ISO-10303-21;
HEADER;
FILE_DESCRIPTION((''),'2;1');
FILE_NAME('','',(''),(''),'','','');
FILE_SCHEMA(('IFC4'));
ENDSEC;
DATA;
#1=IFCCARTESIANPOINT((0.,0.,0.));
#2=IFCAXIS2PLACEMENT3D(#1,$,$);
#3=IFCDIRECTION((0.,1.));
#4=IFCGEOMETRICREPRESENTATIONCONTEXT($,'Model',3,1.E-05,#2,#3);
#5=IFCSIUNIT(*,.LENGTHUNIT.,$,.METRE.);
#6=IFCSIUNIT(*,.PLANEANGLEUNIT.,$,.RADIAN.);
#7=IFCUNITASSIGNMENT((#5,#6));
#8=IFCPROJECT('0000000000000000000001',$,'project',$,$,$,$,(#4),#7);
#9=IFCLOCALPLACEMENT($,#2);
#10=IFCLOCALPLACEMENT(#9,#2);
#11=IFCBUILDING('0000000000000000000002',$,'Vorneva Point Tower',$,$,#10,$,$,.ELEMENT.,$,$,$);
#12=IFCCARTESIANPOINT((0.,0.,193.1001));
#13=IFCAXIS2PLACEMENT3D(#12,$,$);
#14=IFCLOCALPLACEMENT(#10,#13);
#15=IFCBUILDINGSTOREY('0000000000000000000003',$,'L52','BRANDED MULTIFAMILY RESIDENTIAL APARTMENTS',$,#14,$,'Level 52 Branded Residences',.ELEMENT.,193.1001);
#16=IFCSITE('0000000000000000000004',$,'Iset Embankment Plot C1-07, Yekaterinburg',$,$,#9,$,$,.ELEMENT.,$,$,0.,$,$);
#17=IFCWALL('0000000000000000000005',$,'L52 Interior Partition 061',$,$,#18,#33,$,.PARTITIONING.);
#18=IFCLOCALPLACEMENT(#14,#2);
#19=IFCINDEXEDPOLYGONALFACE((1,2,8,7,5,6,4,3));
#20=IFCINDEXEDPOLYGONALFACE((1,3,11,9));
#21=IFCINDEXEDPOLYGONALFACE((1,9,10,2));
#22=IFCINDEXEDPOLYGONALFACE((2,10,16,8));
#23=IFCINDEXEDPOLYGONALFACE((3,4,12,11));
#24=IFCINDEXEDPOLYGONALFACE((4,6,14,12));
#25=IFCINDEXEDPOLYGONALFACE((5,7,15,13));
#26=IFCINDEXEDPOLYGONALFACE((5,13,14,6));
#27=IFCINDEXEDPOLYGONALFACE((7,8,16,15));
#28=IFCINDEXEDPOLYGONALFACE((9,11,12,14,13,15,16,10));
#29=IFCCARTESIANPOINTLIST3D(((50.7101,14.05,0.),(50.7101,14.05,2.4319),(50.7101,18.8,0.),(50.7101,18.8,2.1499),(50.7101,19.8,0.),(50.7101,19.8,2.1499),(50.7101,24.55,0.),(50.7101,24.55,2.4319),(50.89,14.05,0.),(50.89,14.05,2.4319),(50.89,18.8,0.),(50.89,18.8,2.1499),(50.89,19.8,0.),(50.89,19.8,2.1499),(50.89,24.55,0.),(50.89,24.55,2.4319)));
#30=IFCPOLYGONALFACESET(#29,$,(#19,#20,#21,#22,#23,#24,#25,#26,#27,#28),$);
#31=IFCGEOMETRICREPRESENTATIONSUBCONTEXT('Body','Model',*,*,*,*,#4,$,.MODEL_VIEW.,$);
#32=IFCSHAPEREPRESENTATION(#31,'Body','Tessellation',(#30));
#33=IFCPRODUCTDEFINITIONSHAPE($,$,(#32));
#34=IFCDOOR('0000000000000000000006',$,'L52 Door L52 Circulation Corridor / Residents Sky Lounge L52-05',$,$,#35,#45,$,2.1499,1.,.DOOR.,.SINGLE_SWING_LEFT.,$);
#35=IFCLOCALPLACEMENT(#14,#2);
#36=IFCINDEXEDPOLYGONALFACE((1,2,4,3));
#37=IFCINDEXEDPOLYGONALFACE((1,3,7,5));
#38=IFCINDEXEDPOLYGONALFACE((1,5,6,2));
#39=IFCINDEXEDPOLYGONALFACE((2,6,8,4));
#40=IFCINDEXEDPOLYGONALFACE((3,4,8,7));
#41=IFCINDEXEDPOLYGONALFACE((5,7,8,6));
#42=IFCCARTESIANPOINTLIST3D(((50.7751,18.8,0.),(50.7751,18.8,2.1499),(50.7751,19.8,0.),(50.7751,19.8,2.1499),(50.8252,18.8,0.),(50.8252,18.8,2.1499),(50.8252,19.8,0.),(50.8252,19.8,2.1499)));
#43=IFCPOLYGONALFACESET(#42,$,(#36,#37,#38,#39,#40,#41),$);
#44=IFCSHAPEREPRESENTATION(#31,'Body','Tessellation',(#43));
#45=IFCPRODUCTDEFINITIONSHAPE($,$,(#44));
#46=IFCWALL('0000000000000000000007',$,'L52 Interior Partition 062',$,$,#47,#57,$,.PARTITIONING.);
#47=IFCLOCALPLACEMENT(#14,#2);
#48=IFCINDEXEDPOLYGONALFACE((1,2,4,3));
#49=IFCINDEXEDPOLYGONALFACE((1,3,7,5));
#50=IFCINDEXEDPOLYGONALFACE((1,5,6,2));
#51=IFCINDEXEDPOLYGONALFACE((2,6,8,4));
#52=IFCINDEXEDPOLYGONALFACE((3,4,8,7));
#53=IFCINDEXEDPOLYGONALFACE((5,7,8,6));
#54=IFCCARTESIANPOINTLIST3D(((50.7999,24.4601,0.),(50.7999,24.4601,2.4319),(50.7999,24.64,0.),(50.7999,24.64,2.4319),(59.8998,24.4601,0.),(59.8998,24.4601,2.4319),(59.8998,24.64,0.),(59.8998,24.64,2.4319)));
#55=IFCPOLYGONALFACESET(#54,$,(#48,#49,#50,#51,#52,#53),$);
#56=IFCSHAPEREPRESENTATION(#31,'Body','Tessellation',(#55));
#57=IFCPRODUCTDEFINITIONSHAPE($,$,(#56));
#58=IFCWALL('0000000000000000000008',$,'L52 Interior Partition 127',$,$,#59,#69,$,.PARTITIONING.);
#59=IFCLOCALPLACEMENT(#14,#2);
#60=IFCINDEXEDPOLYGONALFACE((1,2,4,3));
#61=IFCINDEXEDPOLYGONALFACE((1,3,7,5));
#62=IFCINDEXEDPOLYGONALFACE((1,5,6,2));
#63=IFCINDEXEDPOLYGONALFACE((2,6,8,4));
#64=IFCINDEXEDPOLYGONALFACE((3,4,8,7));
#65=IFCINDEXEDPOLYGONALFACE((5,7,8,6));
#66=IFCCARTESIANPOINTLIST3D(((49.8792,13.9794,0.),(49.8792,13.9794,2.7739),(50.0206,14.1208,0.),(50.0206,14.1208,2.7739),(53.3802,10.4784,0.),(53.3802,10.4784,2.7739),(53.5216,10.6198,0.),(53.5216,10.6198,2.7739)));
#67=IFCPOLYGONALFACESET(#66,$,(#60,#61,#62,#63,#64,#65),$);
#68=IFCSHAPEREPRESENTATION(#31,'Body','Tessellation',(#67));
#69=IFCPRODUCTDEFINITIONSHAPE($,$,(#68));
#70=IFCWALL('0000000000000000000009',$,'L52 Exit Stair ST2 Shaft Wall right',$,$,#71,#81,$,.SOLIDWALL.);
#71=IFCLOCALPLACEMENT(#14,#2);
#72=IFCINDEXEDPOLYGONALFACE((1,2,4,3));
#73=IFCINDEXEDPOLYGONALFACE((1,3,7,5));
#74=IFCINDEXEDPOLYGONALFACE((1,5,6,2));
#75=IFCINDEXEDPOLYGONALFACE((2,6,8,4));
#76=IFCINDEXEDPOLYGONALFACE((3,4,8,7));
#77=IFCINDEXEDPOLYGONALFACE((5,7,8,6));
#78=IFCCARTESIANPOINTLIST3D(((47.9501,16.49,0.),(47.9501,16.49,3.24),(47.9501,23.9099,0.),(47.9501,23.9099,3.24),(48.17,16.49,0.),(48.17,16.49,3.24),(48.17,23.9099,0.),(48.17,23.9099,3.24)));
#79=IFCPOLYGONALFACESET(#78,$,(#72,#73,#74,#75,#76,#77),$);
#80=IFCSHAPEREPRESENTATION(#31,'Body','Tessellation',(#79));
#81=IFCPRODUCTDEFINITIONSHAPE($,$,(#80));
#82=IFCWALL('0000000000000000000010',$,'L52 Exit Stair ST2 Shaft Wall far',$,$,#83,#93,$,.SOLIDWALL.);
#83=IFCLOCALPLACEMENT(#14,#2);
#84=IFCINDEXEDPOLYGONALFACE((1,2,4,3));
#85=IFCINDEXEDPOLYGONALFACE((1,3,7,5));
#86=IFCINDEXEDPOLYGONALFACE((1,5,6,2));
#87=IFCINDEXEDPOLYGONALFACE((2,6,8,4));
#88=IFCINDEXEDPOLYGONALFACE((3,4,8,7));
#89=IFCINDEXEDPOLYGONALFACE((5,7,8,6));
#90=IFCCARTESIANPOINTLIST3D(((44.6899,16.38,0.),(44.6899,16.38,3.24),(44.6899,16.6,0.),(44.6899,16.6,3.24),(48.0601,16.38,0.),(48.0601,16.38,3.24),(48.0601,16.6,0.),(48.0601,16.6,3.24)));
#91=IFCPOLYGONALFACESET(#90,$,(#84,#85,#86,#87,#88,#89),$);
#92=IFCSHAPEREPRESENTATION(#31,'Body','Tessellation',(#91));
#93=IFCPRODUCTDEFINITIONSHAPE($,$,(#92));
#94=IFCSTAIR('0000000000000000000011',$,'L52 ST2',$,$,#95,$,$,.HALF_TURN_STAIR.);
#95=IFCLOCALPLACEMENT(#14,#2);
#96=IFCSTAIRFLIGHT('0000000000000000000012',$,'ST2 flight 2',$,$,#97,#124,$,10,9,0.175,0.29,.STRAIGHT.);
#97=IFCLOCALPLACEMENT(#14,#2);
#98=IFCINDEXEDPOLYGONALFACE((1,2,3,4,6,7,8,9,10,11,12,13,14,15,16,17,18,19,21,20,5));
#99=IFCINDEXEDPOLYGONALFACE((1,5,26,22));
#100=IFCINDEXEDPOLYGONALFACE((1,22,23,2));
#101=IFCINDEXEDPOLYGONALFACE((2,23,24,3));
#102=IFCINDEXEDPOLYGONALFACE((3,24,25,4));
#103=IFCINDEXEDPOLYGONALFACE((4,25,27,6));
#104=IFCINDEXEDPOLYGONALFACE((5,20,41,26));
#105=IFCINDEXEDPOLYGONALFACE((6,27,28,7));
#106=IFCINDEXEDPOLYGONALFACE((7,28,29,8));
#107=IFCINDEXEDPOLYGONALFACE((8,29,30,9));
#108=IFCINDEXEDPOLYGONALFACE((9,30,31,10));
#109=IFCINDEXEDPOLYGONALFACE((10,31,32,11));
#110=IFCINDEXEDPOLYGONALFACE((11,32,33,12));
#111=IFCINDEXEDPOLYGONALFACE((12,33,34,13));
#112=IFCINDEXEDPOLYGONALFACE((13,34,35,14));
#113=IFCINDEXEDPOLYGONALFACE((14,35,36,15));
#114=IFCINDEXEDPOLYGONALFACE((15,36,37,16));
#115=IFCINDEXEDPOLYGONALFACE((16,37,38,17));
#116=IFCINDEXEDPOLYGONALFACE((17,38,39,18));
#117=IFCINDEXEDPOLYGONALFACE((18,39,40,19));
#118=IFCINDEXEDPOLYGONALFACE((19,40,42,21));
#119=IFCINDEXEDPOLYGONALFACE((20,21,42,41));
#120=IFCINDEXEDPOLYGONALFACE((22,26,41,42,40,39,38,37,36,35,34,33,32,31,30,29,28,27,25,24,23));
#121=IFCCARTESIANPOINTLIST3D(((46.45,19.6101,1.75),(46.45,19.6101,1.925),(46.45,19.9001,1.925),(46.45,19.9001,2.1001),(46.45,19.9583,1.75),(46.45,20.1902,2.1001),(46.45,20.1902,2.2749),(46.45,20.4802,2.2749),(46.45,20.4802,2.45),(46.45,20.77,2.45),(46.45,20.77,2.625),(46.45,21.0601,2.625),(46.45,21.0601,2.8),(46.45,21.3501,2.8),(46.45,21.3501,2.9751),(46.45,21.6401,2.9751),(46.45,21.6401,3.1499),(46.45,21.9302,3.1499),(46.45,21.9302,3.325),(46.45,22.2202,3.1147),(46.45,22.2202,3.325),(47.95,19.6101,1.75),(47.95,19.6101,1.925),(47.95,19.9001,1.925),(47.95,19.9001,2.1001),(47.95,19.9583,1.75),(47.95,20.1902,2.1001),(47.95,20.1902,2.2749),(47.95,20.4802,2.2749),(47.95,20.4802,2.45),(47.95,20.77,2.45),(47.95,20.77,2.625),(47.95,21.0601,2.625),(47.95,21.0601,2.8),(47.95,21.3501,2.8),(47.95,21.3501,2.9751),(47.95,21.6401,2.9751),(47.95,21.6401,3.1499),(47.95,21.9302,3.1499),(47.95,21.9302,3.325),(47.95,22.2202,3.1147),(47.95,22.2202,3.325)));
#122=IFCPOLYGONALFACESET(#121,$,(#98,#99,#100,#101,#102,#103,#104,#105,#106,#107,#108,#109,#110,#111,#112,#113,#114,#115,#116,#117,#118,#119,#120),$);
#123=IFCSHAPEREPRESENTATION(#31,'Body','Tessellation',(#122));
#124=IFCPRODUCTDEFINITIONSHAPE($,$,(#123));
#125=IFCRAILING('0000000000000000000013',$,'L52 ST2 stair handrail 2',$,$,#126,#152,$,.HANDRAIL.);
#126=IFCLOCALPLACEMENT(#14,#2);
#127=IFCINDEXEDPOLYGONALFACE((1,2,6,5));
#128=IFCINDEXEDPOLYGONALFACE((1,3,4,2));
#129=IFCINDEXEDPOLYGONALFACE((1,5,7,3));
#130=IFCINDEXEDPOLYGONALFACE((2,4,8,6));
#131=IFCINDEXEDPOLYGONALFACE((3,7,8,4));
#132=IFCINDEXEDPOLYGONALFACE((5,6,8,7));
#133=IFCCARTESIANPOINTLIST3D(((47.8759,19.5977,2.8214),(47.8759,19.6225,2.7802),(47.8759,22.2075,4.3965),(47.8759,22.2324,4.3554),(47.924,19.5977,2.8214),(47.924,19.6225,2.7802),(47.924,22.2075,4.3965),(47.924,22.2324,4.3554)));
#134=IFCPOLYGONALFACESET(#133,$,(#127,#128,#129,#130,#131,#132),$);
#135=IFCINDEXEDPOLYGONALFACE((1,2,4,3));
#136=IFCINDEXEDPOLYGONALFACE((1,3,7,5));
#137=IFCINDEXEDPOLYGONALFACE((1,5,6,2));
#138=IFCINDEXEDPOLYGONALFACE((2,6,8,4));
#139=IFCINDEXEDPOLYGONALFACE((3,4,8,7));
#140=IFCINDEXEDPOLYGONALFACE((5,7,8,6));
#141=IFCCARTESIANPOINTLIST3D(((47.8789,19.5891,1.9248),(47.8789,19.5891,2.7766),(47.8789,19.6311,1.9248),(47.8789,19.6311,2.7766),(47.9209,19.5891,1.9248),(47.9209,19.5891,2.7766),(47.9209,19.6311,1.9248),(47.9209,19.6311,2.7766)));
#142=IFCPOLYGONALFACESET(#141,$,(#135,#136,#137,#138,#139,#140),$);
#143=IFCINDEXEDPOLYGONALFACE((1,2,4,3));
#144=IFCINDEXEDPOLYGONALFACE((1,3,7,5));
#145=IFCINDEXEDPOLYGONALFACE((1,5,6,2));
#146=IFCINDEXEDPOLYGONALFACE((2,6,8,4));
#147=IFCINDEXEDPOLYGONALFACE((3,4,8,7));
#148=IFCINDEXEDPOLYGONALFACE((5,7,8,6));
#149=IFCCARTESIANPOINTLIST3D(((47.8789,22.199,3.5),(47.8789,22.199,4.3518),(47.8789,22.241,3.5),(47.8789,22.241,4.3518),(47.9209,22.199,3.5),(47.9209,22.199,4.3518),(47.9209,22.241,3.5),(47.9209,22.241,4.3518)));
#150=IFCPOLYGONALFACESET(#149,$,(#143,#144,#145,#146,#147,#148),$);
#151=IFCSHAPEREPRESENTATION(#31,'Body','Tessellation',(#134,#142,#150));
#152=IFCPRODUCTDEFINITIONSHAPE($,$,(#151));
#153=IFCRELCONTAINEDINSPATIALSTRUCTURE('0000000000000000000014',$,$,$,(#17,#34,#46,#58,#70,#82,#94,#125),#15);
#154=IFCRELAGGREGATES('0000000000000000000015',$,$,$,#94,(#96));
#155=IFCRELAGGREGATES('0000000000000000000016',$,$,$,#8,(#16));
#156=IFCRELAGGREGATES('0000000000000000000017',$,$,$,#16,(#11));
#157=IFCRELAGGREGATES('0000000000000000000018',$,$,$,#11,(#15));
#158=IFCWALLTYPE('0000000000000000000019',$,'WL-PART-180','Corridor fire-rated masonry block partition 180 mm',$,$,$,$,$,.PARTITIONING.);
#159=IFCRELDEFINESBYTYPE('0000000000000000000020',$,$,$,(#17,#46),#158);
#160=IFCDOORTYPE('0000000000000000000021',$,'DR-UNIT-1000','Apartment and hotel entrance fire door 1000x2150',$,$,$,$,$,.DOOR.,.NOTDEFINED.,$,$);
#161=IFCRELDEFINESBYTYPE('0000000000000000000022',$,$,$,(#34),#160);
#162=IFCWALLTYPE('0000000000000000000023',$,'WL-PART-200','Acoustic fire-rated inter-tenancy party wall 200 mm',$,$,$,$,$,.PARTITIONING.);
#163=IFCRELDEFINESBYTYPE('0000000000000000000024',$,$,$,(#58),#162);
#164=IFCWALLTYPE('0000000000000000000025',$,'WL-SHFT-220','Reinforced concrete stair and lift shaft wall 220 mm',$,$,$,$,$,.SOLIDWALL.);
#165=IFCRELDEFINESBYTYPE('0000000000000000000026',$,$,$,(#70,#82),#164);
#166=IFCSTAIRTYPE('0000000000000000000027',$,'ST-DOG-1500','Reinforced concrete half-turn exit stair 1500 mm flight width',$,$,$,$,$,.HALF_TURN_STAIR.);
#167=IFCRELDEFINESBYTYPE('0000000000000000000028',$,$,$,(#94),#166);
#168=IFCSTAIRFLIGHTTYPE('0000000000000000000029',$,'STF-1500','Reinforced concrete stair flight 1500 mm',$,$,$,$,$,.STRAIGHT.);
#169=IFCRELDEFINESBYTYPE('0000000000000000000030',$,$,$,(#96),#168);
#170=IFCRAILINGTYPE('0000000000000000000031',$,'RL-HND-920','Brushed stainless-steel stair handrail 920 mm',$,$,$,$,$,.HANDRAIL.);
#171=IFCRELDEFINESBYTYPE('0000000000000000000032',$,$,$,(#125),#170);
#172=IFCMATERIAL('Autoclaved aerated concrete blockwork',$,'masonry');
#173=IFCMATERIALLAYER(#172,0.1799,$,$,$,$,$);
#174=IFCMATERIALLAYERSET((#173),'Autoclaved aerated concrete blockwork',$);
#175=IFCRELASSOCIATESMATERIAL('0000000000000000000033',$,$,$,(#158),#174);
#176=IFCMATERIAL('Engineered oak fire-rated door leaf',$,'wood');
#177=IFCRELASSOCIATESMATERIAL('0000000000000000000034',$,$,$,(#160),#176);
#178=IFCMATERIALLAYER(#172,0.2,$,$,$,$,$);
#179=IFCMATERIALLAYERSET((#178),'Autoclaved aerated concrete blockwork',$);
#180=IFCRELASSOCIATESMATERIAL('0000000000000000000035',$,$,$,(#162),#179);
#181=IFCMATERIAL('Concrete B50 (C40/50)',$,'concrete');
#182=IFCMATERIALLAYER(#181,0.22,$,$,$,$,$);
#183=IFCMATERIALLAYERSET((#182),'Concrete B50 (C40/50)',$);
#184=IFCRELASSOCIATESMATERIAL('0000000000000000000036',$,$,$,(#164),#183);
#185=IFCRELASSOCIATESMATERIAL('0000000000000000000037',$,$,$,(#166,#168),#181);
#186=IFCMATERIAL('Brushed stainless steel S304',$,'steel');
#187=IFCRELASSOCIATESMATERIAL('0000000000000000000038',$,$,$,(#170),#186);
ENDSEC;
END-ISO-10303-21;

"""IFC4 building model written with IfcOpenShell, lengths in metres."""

from ifc_helpers import new_model, si_unit, direction, frame, frame_2d, origin, origin_2d, place, context, subcontext, project, spatial, polyline, rectangle, outline, extrude, material, layer, layer_set, type_object, element, fill, aggregate, save


model = new_model("IFC4")

# Units and contexts
model_context = context("Model", 3, precision=1e-05, world=origin(), true_north=direction((0.0, 1.0)))
body_context = subcontext(model_context, "Body", "Model", "MODEL_VIEW")
ifc_project = project(units=[si_unit("LENGTHUNIT", "METRE"), si_unit("PLANEANGLEUNIT", "RADIAN")], contexts=[model_context])

# Site, building, storey
site_placement = place(None, origin())
site = spatial("IfcSite", under=ifc_project, at=site_placement, Name="Iset Embankment Plot C1-07, Yekaterinburg", CompositionType="ELEMENT", RefElevation=0.0)
building_placement = place(site_placement, origin())
building = spatial("IfcBuilding", under=site, at=building_placement, Name="Vorneva Point Tower", CompositionType="ELEMENT")
storey_placement = place(building_placement, frame((0.0, 0.0, 193.1001)))
storey = spatial("IfcBuildingStorey", under=building, at=storey_placement, Name="L52", Description="BRANDED MULTIFAMILY RESIDENTIAL APARTMENTS", LongName="Level 52 Branded Residences", CompositionType="ELEMENT", Elevation=193.1001)

# Shared definitions
ifc_material_1 = material(Name="Concrete B50 (C40/50)", Category="concrete")

# Shared definitions
ifc_material_2 = material(Name="Engineered oak fire-rated door leaf", Category="wood")

# Shared definitions
ifc_material_3 = material(Name="Autoclaved aerated concrete blockwork", Category="masonry")
ifc_layer_1 = layer(ifc_material_3, 0.1799)
ifc_layer_set_1 = layer_set([ifc_layer_1], Name="Autoclaved aerated concrete blockwork")
wall_type_1 = type_object("IfcWallType", Name="WL-PART-180", Description="Corridor fire-rated masonry block partition 180 mm", PredefinedType="PARTITIONING", material=ifc_layer_set_1)

# Wall, opening, door
wall_1_placement = place(storey_placement, frame((50.8, 14.05, 0.0), z_axis=(0.0, 0.0, 1.0), x_axis=(0.0, 1.0, 0.0)))
wall_1 = element("IfcWall", 1, at=wall_1_placement, inside=storey, type_object=wall_type_1, Name="L52 Interior Partition 061", PredefinedType="PARTITIONING", context=body_context, shape_type="SweptSolid", body=[
    extrude(rectangle(XDim=10.5, YDim=0.1799, at=frame_2d((5.25, 0.0))), origin(), (0.0, 0.0, 1.0), 2.4319),
])
opening_1_placement = place(wall_1_placement, frame((4.75, 0.0, 0.0)))
opening_1 = element("IfcOpeningElement", 2, at=opening_1_placement, cuts=wall_1, PredefinedType="OPENING", context=body_context, shape_type="SweptSolid", body=[
    extrude(rectangle(XDim=1.0, YDim=2.1499, at=frame_2d((0.5, 1.075))), frame((0.0, 0.105, 0.0), z_axis=(0.0, -1.0, 0.0), x_axis=(1.0, 0.0, 0.0)), (0.0, 0.0, 1.0), 0.2097),
])
door_type_1 = type_object("IfcDoorType", Name="DR-UNIT-1000", Description="Apartment and hotel entrance fire door 1000x2150", OperationType="NOTDEFINED", PredefinedType="DOOR", material=ifc_material_2)
door_1_placement = place(opening_1_placement, origin())
door_1 = element("IfcDoor", 3, at=door_1_placement, inside=storey, type_object=door_type_1, Name="L52 Door L52 Circulation Corridor / Residents Sky Lounge L52-05", OperationType="SINGLE_SWING_LEFT", OverallHeight=2.1499, OverallWidth=1.0, PredefinedType="DOOR", context=body_context, shape_type="SweptSolid", body=[
    extrude(rectangle(XDim=1.0, YDim=2.1499, at=frame_2d((0.5, 1.075))), frame((0.0, 0.0249, 0.0), z_axis=(0.0, -1.0, 0.0), x_axis=(1.0, 0.0, 0.0)), (0.0, 0.0, 1.0), 0.05),
])
fill(opening_1, door_1)

# Walls
wall_2_placement = place(storey_placement, frame((50.8, 24.55, 0.0), z_axis=(0.0, 0.0, 1.0), x_axis=(1.0, 0.0, 0.0)))
element("IfcWall", 4, at=wall_2_placement, inside=storey, type_object=wall_type_1, Name="L52 Interior Partition 062", PredefinedType="PARTITIONING", context=body_context, shape_type="SweptSolid", body=[
    extrude(rectangle(XDim=9.0999, YDim=0.1799, at=frame_2d((4.5498, 0.0))), origin(), (0.0, 0.0, 1.0), 2.4319),
])
ifc_layer_2 = layer(ifc_material_3, 0.2)
ifc_layer_set_2 = layer_set([ifc_layer_2], Name="Autoclaved aerated concrete blockwork")
wall_type_2 = type_object("IfcWallType", Name="WL-PART-200", Description="Acoustic fire-rated inter-tenancy party wall 200 mm", PredefinedType="PARTITIONING", material=ifc_layer_set_2)
wall_3_placement = place(storey_placement, frame((53.4509, 10.5491, 0.0), z_axis=(0.0, 0.0, 1.0), x_axis=(-0.707107, 0.707107, 0.0)))
element("IfcWall", 5, at=wall_3_placement, inside=storey, type_object=wall_type_2, Name="L52 Interior Partition 127", PredefinedType="PARTITIONING", context=body_context, shape_type="SweptSolid", body=[
    extrude(rectangle(XDim=4.9512, YDim=0.2, at=frame_2d((2.4756, 0.0))), origin(), (0.0, 0.0, 1.0), 2.7739),
])
ifc_layer_3 = layer(ifc_material_1, 0.22)
ifc_layer_set_3 = layer_set([ifc_layer_3], Name="Concrete B50 (C40/50)")
wall_type_3 = type_object("IfcWallType", Name="WL-SHFT-220", Description="Reinforced concrete stair and lift shaft wall 220 mm", PredefinedType="SOLIDWALL", material=ifc_layer_set_3)
wall_4_placement = place(storey_placement, frame((48.0601, 23.9099, 0.0), z_axis=(0.0, 0.0, 1.0), x_axis=(0.0, -1.0, 0.0)))
element("IfcWall", 6, at=wall_4_placement, inside=storey, type_object=wall_type_3, Name="L52 Exit Stair ST2 Shaft Wall right", PredefinedType="SOLIDWALL", context=body_context, shape_type="SweptSolid", body=[
    extrude(rectangle(XDim=7.4199, YDim=0.22, at=frame_2d((3.71, 0.0))), origin(), (0.0, 0.0, 1.0), 3.24),
])
wall_5_placement = place(storey_placement, frame((48.0601, 16.49, 0.0), z_axis=(0.0, 0.0, 1.0), x_axis=(-1.0, 0.0, 0.0)))
element("IfcWall", 7, at=wall_5_placement, inside=storey, type_object=wall_type_3, Name="L52 Exit Stair ST2 Shaft Wall far", PredefinedType="SOLIDWALL", context=body_context, shape_type="SweptSolid", body=[
    extrude(rectangle(XDim=3.3701, YDim=0.22, at=frame_2d((1.6851, 0.0))), origin(), (0.0, 0.0, 1.0), 3.24),
])

# Stair, stair flight
stair_type = type_object("IfcStairType", Name="ST-DOG-1500", Description="Reinforced concrete half-turn exit stair 1500 mm flight width", PredefinedType="HALF_TURN_STAIR", material=ifc_material_1)
stair_placement = place(storey_placement, origin())
stair = element("IfcStair", 8, at=stair_placement, inside=storey, type_object=stair_type, Name="L52 ST2", PredefinedType="HALF_TURN_STAIR")
stair_flight_type = type_object("IfcStairFlightType", Name="STF-1500", Description="Reinforced concrete stair flight 1500 mm", PredefinedType="STRAIGHT", material=ifc_material_1)
stair_flight_placement = place(storey_placement, frame((47.2, 19.6101, 1.75), z_axis=(0.0, 0.0, 1.0), x_axis=(0.0, 1.0, 0.0)))
stair_flight = element("IfcStairFlight", 9, at=stair_flight_placement, type_object=stair_flight_type, Name="ST2 flight 2", NumberOfRisers=10, NumberOfTreads=9, PredefinedType="STRAIGHT", RiserHeight=0.175, TreadLength=0.29, context=body_context, shape_type="SweptSolid", body=[
    extrude(outline(polyline([(0.0, 0.0), (0.0, 0.175), (0.29, 0.175), (0.29, 0.3501), (0.5801, 0.3501), (0.5801, 0.5249), (0.8701, 0.5249), (0.8701, 0.7), (1.1599, 0.7), (1.1599, 0.875), (1.45, 0.875), (1.45, 1.05), (1.74, 1.05), (1.74, 1.2251), (2.03, 1.2251), (2.03, 1.3999), (2.3201, 1.3999), (2.3201, 1.575), (2.6101, 1.575), (2.6101, 1.75), (2.6101, 1.3647), (0.3481, 0.0), (0.0, 0.0)])), frame((0.0, 0.75, 0.0), z_axis=(0.0, -1.0, 0.0), x_axis=(1.0, 0.0, 0.0)), (0.0, 0.0, 1.0), 1.5),
])
aggregate(stair, [stair_flight])

# Railing
ifc_material_4 = material(Name="Brushed stainless steel S304", Category="steel")
railing_type = type_object("IfcRailingType", Name="RL-HND-920", Description="Brushed stainless-steel stair handrail 920 mm", PredefinedType="HANDRAIL", material=ifc_material_4)
railing_placement = place(storey_placement, frame((47.8999, 19.6101, 1.9248)))
element("IfcRailing", 10, at=railing_placement, inside=storey, type_object=railing_type, Name="L52 ST2 stair handrail 2", PredefinedType="HANDRAIL", context=body_context, shape_type="SweptSolid", body=[
    extrude(rectangle(XDim=0.0481, YDim=0.0481, at=origin_2d()), frame((0.0, 0.0, 0.876), z_axis=(0.0, 0.856147, 0.516732), x_axis=(-1.0, 0.0, 0.0)), (0.0, 0.0, 1.0), 3.0483),
    extrude(rectangle(XDim=0.042, YDim=0.042, at=origin_2d()), origin(), (0.0, 0.0, 1.0), 0.8518),
    extrude(rectangle(XDim=0.042, YDim=0.042, at=origin_2d()), frame((0.0, 2.6099, 1.5752)), (0.0, 0.0, 1.0), 0.8518),
])

save(model, "model.ifc")
